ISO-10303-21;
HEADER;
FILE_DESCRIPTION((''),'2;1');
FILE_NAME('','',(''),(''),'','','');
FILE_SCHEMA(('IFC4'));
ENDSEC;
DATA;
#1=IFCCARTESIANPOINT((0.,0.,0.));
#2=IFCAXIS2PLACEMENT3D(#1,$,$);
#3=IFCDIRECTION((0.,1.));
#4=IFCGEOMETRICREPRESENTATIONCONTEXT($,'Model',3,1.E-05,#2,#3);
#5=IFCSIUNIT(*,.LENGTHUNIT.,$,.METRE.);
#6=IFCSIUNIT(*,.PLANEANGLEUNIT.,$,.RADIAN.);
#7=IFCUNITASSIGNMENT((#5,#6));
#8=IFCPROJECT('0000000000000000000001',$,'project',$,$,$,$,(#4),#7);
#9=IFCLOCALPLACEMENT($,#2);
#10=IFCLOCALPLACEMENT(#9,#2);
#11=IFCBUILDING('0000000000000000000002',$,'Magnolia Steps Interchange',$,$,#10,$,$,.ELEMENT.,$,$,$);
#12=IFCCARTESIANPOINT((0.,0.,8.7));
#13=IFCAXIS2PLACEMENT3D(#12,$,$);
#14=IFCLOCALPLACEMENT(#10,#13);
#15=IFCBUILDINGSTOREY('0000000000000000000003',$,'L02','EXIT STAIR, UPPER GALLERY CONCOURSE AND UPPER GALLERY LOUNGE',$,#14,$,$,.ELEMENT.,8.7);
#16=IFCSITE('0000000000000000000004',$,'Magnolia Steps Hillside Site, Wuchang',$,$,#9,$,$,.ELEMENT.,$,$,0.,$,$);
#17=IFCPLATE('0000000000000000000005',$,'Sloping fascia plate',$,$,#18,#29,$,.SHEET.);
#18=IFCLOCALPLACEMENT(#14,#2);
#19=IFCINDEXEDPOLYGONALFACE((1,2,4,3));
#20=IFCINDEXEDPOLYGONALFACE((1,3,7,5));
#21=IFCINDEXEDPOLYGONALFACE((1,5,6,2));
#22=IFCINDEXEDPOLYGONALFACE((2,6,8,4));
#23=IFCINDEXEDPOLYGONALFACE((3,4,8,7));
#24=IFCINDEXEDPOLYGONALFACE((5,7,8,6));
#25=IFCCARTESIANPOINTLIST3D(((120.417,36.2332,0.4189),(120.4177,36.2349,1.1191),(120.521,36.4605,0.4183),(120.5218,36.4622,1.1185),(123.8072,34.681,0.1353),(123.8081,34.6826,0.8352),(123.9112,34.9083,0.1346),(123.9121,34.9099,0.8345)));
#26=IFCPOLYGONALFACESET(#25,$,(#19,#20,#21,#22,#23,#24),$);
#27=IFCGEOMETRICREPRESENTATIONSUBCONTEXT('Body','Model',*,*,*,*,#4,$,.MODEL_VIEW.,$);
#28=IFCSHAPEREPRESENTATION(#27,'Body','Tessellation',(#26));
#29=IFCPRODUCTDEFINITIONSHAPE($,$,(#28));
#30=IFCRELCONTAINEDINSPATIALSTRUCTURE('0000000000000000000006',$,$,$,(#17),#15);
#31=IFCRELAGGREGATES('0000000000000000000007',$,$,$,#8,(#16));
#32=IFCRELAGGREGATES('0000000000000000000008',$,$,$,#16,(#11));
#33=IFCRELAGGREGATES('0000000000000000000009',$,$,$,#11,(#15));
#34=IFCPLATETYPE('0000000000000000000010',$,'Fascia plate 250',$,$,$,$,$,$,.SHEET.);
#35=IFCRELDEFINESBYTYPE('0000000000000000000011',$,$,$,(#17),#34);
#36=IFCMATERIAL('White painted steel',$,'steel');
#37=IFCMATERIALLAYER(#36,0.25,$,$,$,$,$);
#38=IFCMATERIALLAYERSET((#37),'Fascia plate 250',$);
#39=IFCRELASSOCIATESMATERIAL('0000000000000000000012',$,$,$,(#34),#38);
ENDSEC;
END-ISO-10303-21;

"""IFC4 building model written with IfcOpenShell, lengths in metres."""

from ifc_helpers import new_model, si_unit, direction, frame, origin, place, context, subcontext, project, spatial, polyline, outline, extrude, material, layer, layer_set, type_object, element, save


model = new_model("IFC4")

# Units and contexts
model_context = context("Model", 3, precision=1e-05, world=origin(), true_north=direction((0.0, 1.0)))
body_context = subcontext(model_context, "Body", "Model", "MODEL_VIEW")
ifc_project = project(units=[si_unit("LENGTHUNIT", "METRE"), si_unit("PLANEANGLEUNIT", "RADIAN")], contexts=[model_context])

# Site, building, storey
site_placement = place(None, origin())
site = spatial("IfcSite", under=ifc_project, at=site_placement, Name="Magnolia Steps Hillside Site, Wuchang", CompositionType="ELEMENT", RefElevation=0.0)
building_placement = place(site_placement, origin())
building = spatial("IfcBuilding", under=site, at=building_placement, Name="Magnolia Steps Interchange", CompositionType="ELEMENT")
storey_placement = place(building_placement, frame((0.0, 0.0, 8.7)))
storey = spatial("IfcBuildingStorey", under=building, at=storey_placement, Name="L02", Description="EXIT STAIR, UPPER GALLERY CONCOURSE AND UPPER GALLERY LOUNGE", CompositionType="ELEMENT", Elevation=8.7)

# Plate
ifc_material_1 = material(Name="White painted steel", Category="steel")
ifc_layer_1 = layer(ifc_material_1, 0.25)
ifc_layer_set_1 = layer_set([ifc_layer_1], Name="Fascia plate 250")
plate_type_1 = type_object("IfcPlateType", Name="Fascia plate 250", PredefinedType="SHEET", material=ifc_layer_set_1)
plate_1_placement = place(storey_placement, frame((120.417, 36.2332, 0.4189), z_axis=(-0.416105, -0.909313, 0.002728), x_axis=(0.906609, -0.415095, -0.075866)))
element("IfcPlate", 1, at=plate_1_placement, inside=storey, type_object=plate_type_1, Name="Sloping fascia plate", PredefinedType="SHEET", context=body_context, shape_type="SweptSolid", body=[
    extrude(outline(polyline([(0.0, 0.0), (3.7394, 0.0), (3.6865, 0.698), (-0.0532, 0.6982), (0.0, 0.0)])), origin(), (0.0, 0.0, -1.0), 0.25),
])

save(model, "model.ifc")
